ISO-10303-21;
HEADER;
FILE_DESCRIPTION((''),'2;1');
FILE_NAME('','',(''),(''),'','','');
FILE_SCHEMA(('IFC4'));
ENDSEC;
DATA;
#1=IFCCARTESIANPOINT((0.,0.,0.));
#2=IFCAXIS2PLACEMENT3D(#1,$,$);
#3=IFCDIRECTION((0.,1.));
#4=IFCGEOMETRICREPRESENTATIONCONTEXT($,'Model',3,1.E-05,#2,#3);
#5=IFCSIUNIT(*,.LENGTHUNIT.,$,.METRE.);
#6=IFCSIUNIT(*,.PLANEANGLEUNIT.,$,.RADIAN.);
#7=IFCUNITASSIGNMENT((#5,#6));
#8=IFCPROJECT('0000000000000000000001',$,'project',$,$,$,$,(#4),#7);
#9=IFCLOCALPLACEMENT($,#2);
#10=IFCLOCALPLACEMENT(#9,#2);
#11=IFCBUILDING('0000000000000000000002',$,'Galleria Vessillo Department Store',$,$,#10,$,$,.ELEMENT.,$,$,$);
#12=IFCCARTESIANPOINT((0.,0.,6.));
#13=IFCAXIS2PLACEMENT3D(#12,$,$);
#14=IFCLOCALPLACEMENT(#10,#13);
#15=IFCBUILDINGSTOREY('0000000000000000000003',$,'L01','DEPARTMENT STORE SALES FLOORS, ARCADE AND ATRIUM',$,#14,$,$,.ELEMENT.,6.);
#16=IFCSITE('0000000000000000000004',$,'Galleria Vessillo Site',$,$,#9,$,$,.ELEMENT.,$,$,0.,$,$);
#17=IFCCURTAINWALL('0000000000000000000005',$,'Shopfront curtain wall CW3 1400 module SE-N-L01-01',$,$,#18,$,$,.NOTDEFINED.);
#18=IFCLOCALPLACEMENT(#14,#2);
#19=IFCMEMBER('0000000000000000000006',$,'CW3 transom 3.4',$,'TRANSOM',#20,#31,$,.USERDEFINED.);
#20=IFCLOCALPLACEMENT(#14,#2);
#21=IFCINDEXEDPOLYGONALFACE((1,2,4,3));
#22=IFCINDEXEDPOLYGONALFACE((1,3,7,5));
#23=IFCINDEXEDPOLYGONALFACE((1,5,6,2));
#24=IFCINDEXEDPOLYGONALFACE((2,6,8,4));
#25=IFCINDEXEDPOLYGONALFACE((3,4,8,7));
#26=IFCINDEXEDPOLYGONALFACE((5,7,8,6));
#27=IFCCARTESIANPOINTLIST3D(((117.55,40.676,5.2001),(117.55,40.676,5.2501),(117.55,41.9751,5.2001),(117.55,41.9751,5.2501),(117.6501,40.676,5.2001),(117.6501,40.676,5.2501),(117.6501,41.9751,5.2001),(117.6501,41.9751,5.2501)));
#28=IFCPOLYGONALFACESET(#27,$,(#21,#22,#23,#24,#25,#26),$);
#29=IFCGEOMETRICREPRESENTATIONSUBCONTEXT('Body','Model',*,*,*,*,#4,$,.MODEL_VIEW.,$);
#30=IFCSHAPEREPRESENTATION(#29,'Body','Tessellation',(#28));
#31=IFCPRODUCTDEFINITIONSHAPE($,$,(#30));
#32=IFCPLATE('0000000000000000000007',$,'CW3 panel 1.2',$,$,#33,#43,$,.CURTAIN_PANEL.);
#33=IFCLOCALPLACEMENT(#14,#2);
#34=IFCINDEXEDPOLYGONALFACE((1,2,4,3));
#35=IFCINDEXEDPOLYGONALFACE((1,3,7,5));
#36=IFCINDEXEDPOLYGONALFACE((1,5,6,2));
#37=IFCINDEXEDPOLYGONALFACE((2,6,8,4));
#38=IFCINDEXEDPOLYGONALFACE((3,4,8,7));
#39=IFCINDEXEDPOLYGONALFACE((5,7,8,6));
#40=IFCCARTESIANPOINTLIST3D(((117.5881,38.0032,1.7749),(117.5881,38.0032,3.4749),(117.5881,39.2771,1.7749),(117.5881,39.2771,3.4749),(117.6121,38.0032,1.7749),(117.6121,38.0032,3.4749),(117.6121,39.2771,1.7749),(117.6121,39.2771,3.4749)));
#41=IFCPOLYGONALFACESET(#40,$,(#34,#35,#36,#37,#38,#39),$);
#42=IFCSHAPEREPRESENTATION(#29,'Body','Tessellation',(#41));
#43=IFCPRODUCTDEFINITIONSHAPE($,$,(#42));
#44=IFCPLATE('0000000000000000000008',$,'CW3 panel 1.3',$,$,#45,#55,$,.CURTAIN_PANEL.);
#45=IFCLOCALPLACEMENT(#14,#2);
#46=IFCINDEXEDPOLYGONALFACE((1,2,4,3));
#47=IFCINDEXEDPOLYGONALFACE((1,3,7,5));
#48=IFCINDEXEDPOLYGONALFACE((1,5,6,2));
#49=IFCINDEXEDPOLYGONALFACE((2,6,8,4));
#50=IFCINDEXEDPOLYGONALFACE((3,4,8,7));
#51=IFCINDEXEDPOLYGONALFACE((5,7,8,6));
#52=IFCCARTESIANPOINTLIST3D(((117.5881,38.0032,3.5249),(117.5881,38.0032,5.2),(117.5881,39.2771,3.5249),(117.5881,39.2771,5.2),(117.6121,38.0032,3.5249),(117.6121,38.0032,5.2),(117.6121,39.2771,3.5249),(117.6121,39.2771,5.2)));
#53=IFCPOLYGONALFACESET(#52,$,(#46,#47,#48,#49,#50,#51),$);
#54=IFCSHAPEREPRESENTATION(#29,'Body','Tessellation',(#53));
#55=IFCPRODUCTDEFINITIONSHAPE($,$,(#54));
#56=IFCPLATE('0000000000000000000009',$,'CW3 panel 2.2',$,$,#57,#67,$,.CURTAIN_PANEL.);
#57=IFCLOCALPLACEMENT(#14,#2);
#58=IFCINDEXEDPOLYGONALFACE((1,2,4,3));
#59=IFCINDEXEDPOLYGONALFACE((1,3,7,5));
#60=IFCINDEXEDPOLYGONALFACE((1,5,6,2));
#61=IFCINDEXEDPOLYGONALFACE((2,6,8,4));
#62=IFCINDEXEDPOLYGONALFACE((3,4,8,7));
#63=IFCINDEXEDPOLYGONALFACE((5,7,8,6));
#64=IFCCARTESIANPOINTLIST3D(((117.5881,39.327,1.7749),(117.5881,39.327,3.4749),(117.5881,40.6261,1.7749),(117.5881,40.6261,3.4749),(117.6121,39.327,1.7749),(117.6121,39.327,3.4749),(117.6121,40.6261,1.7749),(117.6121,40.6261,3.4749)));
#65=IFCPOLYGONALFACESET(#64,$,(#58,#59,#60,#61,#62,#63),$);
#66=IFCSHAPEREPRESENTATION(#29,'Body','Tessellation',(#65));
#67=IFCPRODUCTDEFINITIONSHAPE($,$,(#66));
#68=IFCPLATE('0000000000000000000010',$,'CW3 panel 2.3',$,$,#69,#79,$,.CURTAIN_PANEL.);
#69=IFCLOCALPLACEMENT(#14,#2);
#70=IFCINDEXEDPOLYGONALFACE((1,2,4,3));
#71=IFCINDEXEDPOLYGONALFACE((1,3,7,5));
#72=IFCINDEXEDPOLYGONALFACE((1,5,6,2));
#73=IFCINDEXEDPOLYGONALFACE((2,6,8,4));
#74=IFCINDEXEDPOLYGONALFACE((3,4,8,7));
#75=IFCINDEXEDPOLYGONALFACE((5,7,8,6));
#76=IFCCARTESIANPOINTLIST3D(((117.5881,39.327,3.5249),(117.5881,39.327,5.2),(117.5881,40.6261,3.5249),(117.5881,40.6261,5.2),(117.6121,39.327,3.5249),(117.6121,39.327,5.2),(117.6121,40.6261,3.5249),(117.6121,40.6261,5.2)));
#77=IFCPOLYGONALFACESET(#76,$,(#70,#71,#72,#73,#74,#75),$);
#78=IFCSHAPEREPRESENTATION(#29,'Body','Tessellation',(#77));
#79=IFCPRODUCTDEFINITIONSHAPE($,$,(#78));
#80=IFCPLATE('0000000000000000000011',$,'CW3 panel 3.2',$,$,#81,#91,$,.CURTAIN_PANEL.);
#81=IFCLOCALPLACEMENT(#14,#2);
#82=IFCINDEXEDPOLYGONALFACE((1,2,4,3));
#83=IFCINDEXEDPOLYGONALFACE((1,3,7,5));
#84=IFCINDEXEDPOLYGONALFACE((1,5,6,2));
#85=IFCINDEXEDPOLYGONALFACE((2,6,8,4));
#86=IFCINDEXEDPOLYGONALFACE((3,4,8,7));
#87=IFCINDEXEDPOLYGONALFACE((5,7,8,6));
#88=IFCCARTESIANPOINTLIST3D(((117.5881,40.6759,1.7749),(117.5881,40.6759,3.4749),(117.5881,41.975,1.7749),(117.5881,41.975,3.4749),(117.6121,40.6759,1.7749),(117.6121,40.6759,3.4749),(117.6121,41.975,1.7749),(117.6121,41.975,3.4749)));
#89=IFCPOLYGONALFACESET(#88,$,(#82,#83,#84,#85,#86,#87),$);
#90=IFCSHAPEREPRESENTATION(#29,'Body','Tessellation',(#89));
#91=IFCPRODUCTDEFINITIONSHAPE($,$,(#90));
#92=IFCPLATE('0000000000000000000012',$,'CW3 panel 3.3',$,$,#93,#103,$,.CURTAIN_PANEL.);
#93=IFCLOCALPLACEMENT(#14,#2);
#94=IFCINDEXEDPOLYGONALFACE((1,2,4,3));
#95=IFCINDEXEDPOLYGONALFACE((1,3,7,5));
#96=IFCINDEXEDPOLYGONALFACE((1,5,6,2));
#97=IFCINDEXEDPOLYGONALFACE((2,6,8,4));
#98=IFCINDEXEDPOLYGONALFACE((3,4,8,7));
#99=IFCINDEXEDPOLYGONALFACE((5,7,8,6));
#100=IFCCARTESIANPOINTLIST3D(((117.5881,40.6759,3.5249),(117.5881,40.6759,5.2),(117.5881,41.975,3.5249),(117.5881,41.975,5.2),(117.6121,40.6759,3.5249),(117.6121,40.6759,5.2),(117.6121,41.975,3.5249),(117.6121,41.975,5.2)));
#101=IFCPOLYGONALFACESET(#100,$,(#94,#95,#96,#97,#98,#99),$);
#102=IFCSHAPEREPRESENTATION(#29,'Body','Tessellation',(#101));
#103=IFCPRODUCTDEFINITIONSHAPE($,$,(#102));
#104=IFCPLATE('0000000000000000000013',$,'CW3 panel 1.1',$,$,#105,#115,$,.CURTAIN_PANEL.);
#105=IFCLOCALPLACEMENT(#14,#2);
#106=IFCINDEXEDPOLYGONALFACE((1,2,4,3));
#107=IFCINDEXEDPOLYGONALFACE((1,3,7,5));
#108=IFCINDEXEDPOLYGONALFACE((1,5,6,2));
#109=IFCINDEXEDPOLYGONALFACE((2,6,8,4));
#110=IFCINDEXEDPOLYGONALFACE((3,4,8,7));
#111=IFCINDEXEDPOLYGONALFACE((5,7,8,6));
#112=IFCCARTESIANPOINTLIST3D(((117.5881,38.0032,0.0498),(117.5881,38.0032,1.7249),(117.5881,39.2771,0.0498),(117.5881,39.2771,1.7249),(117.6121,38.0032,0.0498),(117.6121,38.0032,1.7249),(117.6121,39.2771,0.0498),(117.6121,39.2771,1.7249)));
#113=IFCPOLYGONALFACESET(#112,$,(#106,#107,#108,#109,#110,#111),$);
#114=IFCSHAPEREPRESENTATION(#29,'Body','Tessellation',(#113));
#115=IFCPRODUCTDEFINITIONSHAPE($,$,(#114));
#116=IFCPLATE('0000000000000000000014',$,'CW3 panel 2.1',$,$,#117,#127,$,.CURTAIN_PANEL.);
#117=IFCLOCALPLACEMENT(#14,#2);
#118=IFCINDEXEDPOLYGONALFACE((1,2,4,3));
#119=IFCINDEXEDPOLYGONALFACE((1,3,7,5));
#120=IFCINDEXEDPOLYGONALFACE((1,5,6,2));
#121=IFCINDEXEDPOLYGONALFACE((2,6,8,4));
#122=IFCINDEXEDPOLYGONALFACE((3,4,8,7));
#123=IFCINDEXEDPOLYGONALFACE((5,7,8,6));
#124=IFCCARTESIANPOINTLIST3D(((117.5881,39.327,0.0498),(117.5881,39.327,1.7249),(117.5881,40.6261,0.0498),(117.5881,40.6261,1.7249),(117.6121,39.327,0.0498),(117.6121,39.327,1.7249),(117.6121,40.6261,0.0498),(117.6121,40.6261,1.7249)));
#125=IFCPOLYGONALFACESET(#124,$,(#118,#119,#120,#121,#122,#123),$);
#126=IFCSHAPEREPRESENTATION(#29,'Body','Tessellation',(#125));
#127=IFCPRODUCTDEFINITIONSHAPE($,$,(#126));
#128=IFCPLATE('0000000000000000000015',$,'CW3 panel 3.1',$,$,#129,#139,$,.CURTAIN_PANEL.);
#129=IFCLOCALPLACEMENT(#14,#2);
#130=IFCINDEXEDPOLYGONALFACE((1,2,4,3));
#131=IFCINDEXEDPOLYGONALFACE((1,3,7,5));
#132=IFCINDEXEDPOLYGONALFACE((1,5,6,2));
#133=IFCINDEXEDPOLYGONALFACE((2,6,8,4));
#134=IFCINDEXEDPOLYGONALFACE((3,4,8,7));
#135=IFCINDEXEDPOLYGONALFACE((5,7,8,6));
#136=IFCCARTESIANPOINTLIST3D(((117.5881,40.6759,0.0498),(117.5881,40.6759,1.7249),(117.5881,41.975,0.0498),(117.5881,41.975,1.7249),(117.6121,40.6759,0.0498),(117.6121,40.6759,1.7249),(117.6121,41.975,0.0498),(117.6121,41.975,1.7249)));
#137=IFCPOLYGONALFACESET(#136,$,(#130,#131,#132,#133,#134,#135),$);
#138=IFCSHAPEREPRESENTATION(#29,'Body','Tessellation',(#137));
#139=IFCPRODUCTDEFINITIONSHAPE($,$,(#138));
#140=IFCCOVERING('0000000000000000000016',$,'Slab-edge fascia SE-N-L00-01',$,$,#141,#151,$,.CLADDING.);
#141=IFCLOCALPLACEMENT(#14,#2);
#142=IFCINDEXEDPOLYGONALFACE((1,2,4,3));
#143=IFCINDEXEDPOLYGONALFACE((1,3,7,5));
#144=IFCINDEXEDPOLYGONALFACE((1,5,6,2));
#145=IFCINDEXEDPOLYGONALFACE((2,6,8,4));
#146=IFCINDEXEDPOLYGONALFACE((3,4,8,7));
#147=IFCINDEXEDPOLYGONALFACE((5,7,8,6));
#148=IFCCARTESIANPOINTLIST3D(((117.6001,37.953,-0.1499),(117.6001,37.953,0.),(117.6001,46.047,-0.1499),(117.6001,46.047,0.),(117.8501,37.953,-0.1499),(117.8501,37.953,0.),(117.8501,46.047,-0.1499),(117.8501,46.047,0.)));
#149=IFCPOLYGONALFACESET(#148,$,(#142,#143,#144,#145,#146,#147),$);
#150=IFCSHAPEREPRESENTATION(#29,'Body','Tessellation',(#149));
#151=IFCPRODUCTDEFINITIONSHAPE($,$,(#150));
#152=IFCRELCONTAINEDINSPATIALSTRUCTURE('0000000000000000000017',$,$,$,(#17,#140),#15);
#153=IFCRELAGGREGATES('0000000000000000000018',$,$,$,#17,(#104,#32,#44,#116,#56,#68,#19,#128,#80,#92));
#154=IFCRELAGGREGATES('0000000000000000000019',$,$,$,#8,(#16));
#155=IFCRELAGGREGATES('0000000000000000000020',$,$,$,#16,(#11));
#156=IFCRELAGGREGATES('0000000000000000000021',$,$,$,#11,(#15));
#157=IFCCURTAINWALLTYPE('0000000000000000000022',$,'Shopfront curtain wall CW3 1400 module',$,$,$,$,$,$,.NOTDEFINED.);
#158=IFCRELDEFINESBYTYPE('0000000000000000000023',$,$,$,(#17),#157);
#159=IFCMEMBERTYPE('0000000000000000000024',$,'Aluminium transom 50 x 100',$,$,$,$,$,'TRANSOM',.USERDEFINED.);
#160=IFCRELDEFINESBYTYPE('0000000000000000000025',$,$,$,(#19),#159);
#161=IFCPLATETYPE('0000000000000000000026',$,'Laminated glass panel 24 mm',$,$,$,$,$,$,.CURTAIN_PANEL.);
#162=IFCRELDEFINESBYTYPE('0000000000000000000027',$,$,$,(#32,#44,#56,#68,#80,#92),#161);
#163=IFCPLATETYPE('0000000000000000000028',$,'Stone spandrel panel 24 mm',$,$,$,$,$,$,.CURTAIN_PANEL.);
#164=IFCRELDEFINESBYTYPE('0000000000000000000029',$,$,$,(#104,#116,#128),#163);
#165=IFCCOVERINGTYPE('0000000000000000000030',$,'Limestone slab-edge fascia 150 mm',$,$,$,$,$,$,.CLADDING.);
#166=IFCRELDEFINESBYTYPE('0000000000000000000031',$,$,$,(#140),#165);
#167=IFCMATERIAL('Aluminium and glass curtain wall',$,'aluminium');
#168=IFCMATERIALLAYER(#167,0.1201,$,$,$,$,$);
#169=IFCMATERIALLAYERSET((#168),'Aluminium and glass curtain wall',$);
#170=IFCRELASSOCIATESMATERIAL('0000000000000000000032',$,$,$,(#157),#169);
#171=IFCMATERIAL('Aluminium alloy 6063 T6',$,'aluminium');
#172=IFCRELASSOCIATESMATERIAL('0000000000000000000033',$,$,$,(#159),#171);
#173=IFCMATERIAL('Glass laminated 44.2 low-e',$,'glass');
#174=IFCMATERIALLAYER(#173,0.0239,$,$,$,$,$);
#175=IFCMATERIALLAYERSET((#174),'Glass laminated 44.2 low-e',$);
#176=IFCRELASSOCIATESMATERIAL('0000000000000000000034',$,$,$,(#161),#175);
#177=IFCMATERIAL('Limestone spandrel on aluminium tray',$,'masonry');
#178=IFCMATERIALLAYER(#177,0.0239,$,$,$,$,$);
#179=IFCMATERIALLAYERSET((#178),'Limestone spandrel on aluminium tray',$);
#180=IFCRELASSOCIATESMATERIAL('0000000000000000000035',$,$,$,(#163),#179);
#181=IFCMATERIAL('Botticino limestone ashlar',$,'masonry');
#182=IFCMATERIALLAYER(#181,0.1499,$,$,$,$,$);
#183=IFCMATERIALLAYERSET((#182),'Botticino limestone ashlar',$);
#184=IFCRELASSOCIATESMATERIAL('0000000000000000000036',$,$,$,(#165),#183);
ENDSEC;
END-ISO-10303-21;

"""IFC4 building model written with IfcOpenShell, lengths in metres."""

from ifc_helpers import new_model, si_unit, direction, frame, origin, origin_2d, place, context, subcontext, project, spatial, rectangle, extrude, material, layer, layer_set, material_profile, profile_set, type_object, element, aggregate, save


model = new_model("IFC4")

# Units and contexts
model_context = context("Model", 3, precision=1e-05, world=origin(), true_north=direction((0.0, 1.0)))
body_context = subcontext(model_context, "Body", "Model", "MODEL_VIEW")
ifc_project = project(units=[si_unit("LENGTHUNIT", "METRE"), si_unit("PLANEANGLEUNIT", "RADIAN")], contexts=[model_context])

# Site, building, storey
site_placement = place(None, origin())
site = spatial("IfcSite", under=ifc_project, at=site_placement, Name="Galleria Vessillo Site", CompositionType="ELEMENT", RefElevation=0.0)
building_placement = place(site_placement, origin())
building = spatial("IfcBuilding", under=site, at=building_placement, Name="Galleria Vessillo Department Store", CompositionType="ELEMENT")
storey_placement = place(building_placement, frame((0.0, 0.0, 6.0)))
storey = spatial("IfcBuildingStorey", under=building, at=storey_placement, Name="L01", Description="DEPARTMENT STORE SALES FLOORS, ARCADE AND ATRIUM", CompositionType="ELEMENT", Elevation=6.0)

# Curtain wall, member, plates
ifc_material_1 = material(Name="Aluminium and glass curtain wall", Category="aluminium")
ifc_layer_1 = layer(ifc_material_1, 0.1201)
ifc_layer_set_1 = layer_set([ifc_layer_1], Name="Aluminium and glass curtain wall")
curtain_wall_type = type_object("IfcCurtainWallType", Name="Shopfront curtain wall CW3 1400 module", PredefinedType="NOTDEFINED", material=ifc_layer_set_1)
curtain_wall_placement = place(storey_placement, origin())
curtain_wall = element("IfcCurtainWall", 1, at=curtain_wall_placement, inside=storey, type_object=curtain_wall_type, Name="Shopfront curtain wall CW3 1400 module SE-N-L01-01", PredefinedType="NOTDEFINED")
ifc_material_2 = material(Name="Aluminium alloy 6063 T6", Category="aluminium")
ifc_material_profile_1 = material_profile(ifc_material_2, rectangle(XDim=0.1001, YDim=0.05, at=origin_2d()), Name="AL 50x100")
ifc_profile_set_1 = profile_set([ifc_material_profile_1], Name="Aluminium alloy 6063 T6")
member_type_1 = type_object("IfcMemberType", Name="Aluminium transom 50 x 100", ElementType="TRANSOM", PredefinedType="USERDEFINED", material=ifc_profile_set_1)
member_1_placement = place(storey_placement, frame((117.6001, 40.676, 5.2251), z_axis=(0.0, 1.0, 0.0), x_axis=(-1.0, 0.0, 0.0)))
member_1 = element("IfcMember", 2, at=member_1_placement, type_object=member_type_1, Name="CW3 transom 3.4", ObjectType="TRANSOM", PredefinedType="USERDEFINED", context=body_context, shape_type="SweptSolid", body=[
    extrude(rectangle(XDim=0.1001, YDim=0.05, at=origin_2d()), origin(), (0.0, 0.0, 1.0), 1.2991),
])
ifc_material_3 = material(Name="Glass laminated 44.2 low-e", Category="glass")
ifc_layer_2 = layer(ifc_material_3, 0.0239)
ifc_layer_set_2 = layer_set([ifc_layer_2], Name="Glass laminated 44.2 low-e")
plate_type_1 = type_object("IfcPlateType", Name="Laminated glass panel 24 mm", PredefinedType="CURTAIN_PANEL", material=ifc_layer_set_2)
plate_1_placement = place(storey_placement, frame((117.6001, 38.6401, 1.7749), z_axis=(0.0, 0.0, 1.0), x_axis=(0.0, 1.0, 0.0)))
plate_1 = element("IfcPlate", 3, at=plate_1_placement, type_object=plate_type_1, Name="CW3 panel 1.2", PredefinedType="CURTAIN_PANEL", context=body_context, shape_type="SweptSolid", body=[
    extrude(rectangle(XDim=1.2739, YDim=0.0239, at=origin_2d()), origin(), (0.0, 0.0, 1.0), 1.7),
])
plate_2_placement = place(storey_placement, frame((117.6001, 38.6401, 3.5249), z_axis=(0.0, 0.0, 1.0), x_axis=(0.0, 1.0, 0.0)))
plate_2 = element("IfcPlate", 4, at=plate_2_placement, type_object=plate_type_1, Name="CW3 panel 1.3", PredefinedType="CURTAIN_PANEL", context=body_context, shape_type="SweptSolid", body=[
    extrude(rectangle(XDim=1.2739, YDim=0.0239, at=origin_2d()), origin(), (0.0, 0.0, 1.0), 1.675),
])
plate_3_placement = place(storey_placement, frame((117.6001, 39.9766, 1.7749), z_axis=(0.0, 0.0, 1.0), x_axis=(0.0, 1.0, 0.0)))
plate_3 = element("IfcPlate", 5, at=plate_3_placement, type_object=plate_type_1, Name="CW3 panel 2.2", PredefinedType="CURTAIN_PANEL", context=body_context, shape_type="SweptSolid", body=[
    extrude(rectangle(XDim=1.2991, YDim=0.0239, at=origin_2d()), origin(), (0.0, 0.0, 1.0), 1.7),
])
plate_4_placement = place(storey_placement, frame((117.6001, 39.9766, 3.5249), z_axis=(0.0, 0.0, 1.0), x_axis=(0.0, 1.0, 0.0)))
plate_4 = element("IfcPlate", 6, at=plate_4_placement, type_object=plate_type_1, Name="CW3 panel 2.3", PredefinedType="CURTAIN_PANEL", context=body_context, shape_type="SweptSolid", body=[
    extrude(rectangle(XDim=1.2991, YDim=0.0239, at=origin_2d()), origin(), (0.0, 0.0, 1.0), 1.675),
])
plate_5_placement = place(storey_placement, frame((117.6001, 41.3254, 1.7749), z_axis=(0.0, 0.0, 1.0), x_axis=(0.0, 1.0, 0.0)))
plate_5 = element("IfcPlate", 7, at=plate_5_placement, type_object=plate_type_1, Name="CW3 panel 3.2", PredefinedType="CURTAIN_PANEL", context=body_context, shape_type="SweptSolid", body=[
    extrude(rectangle(XDim=1.2991, YDim=0.0239, at=origin_2d()), origin(), (0.0, 0.0, 1.0), 1.7),
])
plate_6_placement = place(storey_placement, frame((117.6001, 41.3254, 3.5249), z_axis=(0.0, 0.0, 1.0), x_axis=(0.0, 1.0, 0.0)))
plate_6 = element("IfcPlate", 8, at=plate_6_placement, type_object=plate_type_1, Name="CW3 panel 3.3", PredefinedType="CURTAIN_PANEL", context=body_context, shape_type="SweptSolid", body=[
    extrude(rectangle(XDim=1.2991, YDim=0.0239, at=origin_2d()), origin(), (0.0, 0.0, 1.0), 1.675),
])
ifc_material_4 = material(Name="Limestone spandrel on aluminium tray", Category="masonry")
ifc_layer_3 = layer(ifc_material_4, 0.0239)
ifc_layer_set_3 = layer_set([ifc_layer_3], Name="Limestone spandrel on aluminium tray")
plate_type_2 = type_object("IfcPlateType", Name="Stone spandrel panel 24 mm", PredefinedType="CURTAIN_PANEL", material=ifc_layer_set_3)
plate_7_placement = place(storey_placement, frame((117.6001, 38.6401, 0.0498), z_axis=(0.0, 0.0, 1.0), x_axis=(0.0, 1.0, 0.0)))
plate_7 = element("IfcPlate", 9, at=plate_7_placement, type_object=plate_type_2, Name="CW3 panel 1.1", PredefinedType="CURTAIN_PANEL", context=body_context, shape_type="SweptSolid", body=[
    extrude(rectangle(XDim=1.2739, YDim=0.0239, at=origin_2d()), origin(), (0.0, 0.0, 1.0), 1.675),
])
plate_8_placement = place(storey_placement, frame((117.6001, 39.9766, 0.0498), z_axis=(0.0, 0.0, 1.0), x_axis=(0.0, 1.0, 0.0)))
plate_8 = element("IfcPlate", 10, at=plate_8_placement, type_object=plate_type_2, Name="CW3 panel 2.1", PredefinedType="CURTAIN_PANEL", context=body_context, shape_type="SweptSolid", body=[
    extrude(rectangle(XDim=1.2991, YDim=0.0239, at=origin_2d()), origin(), (0.0, 0.0, 1.0), 1.675),
])
plate_9_placement = place(storey_placement, frame((117.6001, 41.3254, 0.0498), z_axis=(0.0, 0.0, 1.0), x_axis=(0.0, 1.0, 0.0)))
plate_9 = element("IfcPlate", 11, at=plate_9_placement, type_object=plate_type_2, Name="CW3 panel 3.1", PredefinedType="CURTAIN_PANEL", context=body_context, shape_type="SweptSolid", body=[
    extrude(rectangle(XDim=1.2991, YDim=0.0239, at=origin_2d()), origin(), (0.0, 0.0, 1.0), 1.675),
])
aggregate(curtain_wall, [plate_7, plate_1, plate_2, plate_8, plate_3, plate_4, member_1, plate_9, plate_5, plate_6])

# Covering
ifc_material_5 = material(Name="Botticino limestone ashlar", Category="masonry")
ifc_layer_4 = layer(ifc_material_5, 0.1499)
ifc_layer_set_4 = layer_set([ifc_layer_4], Name="Botticino limestone ashlar")
covering_type = type_object("IfcCoveringType", Name="Limestone slab-edge fascia 150 mm", PredefinedType="CLADDING", material=ifc_layer_set_4)
covering_placement = place(storey_placement, frame((117.7251, 42.0, -0.1499), z_axis=(0.0, 0.0, 1.0), x_axis=(1.0, 0.0, 0.0)))
element("IfcCovering", 12, at=covering_placement, inside=storey, type_object=covering_type, Name="Slab-edge fascia SE-N-L00-01", PredefinedType="CLADDING", context=body_context, shape_type="SweptSolid", body=[
    extrude(rectangle(XDim=0.25, YDim=8.094, at=origin_2d()), origin(), (0.0, 0.0, 1.0), 0.1499),
])

save(model, "model.ifc")
